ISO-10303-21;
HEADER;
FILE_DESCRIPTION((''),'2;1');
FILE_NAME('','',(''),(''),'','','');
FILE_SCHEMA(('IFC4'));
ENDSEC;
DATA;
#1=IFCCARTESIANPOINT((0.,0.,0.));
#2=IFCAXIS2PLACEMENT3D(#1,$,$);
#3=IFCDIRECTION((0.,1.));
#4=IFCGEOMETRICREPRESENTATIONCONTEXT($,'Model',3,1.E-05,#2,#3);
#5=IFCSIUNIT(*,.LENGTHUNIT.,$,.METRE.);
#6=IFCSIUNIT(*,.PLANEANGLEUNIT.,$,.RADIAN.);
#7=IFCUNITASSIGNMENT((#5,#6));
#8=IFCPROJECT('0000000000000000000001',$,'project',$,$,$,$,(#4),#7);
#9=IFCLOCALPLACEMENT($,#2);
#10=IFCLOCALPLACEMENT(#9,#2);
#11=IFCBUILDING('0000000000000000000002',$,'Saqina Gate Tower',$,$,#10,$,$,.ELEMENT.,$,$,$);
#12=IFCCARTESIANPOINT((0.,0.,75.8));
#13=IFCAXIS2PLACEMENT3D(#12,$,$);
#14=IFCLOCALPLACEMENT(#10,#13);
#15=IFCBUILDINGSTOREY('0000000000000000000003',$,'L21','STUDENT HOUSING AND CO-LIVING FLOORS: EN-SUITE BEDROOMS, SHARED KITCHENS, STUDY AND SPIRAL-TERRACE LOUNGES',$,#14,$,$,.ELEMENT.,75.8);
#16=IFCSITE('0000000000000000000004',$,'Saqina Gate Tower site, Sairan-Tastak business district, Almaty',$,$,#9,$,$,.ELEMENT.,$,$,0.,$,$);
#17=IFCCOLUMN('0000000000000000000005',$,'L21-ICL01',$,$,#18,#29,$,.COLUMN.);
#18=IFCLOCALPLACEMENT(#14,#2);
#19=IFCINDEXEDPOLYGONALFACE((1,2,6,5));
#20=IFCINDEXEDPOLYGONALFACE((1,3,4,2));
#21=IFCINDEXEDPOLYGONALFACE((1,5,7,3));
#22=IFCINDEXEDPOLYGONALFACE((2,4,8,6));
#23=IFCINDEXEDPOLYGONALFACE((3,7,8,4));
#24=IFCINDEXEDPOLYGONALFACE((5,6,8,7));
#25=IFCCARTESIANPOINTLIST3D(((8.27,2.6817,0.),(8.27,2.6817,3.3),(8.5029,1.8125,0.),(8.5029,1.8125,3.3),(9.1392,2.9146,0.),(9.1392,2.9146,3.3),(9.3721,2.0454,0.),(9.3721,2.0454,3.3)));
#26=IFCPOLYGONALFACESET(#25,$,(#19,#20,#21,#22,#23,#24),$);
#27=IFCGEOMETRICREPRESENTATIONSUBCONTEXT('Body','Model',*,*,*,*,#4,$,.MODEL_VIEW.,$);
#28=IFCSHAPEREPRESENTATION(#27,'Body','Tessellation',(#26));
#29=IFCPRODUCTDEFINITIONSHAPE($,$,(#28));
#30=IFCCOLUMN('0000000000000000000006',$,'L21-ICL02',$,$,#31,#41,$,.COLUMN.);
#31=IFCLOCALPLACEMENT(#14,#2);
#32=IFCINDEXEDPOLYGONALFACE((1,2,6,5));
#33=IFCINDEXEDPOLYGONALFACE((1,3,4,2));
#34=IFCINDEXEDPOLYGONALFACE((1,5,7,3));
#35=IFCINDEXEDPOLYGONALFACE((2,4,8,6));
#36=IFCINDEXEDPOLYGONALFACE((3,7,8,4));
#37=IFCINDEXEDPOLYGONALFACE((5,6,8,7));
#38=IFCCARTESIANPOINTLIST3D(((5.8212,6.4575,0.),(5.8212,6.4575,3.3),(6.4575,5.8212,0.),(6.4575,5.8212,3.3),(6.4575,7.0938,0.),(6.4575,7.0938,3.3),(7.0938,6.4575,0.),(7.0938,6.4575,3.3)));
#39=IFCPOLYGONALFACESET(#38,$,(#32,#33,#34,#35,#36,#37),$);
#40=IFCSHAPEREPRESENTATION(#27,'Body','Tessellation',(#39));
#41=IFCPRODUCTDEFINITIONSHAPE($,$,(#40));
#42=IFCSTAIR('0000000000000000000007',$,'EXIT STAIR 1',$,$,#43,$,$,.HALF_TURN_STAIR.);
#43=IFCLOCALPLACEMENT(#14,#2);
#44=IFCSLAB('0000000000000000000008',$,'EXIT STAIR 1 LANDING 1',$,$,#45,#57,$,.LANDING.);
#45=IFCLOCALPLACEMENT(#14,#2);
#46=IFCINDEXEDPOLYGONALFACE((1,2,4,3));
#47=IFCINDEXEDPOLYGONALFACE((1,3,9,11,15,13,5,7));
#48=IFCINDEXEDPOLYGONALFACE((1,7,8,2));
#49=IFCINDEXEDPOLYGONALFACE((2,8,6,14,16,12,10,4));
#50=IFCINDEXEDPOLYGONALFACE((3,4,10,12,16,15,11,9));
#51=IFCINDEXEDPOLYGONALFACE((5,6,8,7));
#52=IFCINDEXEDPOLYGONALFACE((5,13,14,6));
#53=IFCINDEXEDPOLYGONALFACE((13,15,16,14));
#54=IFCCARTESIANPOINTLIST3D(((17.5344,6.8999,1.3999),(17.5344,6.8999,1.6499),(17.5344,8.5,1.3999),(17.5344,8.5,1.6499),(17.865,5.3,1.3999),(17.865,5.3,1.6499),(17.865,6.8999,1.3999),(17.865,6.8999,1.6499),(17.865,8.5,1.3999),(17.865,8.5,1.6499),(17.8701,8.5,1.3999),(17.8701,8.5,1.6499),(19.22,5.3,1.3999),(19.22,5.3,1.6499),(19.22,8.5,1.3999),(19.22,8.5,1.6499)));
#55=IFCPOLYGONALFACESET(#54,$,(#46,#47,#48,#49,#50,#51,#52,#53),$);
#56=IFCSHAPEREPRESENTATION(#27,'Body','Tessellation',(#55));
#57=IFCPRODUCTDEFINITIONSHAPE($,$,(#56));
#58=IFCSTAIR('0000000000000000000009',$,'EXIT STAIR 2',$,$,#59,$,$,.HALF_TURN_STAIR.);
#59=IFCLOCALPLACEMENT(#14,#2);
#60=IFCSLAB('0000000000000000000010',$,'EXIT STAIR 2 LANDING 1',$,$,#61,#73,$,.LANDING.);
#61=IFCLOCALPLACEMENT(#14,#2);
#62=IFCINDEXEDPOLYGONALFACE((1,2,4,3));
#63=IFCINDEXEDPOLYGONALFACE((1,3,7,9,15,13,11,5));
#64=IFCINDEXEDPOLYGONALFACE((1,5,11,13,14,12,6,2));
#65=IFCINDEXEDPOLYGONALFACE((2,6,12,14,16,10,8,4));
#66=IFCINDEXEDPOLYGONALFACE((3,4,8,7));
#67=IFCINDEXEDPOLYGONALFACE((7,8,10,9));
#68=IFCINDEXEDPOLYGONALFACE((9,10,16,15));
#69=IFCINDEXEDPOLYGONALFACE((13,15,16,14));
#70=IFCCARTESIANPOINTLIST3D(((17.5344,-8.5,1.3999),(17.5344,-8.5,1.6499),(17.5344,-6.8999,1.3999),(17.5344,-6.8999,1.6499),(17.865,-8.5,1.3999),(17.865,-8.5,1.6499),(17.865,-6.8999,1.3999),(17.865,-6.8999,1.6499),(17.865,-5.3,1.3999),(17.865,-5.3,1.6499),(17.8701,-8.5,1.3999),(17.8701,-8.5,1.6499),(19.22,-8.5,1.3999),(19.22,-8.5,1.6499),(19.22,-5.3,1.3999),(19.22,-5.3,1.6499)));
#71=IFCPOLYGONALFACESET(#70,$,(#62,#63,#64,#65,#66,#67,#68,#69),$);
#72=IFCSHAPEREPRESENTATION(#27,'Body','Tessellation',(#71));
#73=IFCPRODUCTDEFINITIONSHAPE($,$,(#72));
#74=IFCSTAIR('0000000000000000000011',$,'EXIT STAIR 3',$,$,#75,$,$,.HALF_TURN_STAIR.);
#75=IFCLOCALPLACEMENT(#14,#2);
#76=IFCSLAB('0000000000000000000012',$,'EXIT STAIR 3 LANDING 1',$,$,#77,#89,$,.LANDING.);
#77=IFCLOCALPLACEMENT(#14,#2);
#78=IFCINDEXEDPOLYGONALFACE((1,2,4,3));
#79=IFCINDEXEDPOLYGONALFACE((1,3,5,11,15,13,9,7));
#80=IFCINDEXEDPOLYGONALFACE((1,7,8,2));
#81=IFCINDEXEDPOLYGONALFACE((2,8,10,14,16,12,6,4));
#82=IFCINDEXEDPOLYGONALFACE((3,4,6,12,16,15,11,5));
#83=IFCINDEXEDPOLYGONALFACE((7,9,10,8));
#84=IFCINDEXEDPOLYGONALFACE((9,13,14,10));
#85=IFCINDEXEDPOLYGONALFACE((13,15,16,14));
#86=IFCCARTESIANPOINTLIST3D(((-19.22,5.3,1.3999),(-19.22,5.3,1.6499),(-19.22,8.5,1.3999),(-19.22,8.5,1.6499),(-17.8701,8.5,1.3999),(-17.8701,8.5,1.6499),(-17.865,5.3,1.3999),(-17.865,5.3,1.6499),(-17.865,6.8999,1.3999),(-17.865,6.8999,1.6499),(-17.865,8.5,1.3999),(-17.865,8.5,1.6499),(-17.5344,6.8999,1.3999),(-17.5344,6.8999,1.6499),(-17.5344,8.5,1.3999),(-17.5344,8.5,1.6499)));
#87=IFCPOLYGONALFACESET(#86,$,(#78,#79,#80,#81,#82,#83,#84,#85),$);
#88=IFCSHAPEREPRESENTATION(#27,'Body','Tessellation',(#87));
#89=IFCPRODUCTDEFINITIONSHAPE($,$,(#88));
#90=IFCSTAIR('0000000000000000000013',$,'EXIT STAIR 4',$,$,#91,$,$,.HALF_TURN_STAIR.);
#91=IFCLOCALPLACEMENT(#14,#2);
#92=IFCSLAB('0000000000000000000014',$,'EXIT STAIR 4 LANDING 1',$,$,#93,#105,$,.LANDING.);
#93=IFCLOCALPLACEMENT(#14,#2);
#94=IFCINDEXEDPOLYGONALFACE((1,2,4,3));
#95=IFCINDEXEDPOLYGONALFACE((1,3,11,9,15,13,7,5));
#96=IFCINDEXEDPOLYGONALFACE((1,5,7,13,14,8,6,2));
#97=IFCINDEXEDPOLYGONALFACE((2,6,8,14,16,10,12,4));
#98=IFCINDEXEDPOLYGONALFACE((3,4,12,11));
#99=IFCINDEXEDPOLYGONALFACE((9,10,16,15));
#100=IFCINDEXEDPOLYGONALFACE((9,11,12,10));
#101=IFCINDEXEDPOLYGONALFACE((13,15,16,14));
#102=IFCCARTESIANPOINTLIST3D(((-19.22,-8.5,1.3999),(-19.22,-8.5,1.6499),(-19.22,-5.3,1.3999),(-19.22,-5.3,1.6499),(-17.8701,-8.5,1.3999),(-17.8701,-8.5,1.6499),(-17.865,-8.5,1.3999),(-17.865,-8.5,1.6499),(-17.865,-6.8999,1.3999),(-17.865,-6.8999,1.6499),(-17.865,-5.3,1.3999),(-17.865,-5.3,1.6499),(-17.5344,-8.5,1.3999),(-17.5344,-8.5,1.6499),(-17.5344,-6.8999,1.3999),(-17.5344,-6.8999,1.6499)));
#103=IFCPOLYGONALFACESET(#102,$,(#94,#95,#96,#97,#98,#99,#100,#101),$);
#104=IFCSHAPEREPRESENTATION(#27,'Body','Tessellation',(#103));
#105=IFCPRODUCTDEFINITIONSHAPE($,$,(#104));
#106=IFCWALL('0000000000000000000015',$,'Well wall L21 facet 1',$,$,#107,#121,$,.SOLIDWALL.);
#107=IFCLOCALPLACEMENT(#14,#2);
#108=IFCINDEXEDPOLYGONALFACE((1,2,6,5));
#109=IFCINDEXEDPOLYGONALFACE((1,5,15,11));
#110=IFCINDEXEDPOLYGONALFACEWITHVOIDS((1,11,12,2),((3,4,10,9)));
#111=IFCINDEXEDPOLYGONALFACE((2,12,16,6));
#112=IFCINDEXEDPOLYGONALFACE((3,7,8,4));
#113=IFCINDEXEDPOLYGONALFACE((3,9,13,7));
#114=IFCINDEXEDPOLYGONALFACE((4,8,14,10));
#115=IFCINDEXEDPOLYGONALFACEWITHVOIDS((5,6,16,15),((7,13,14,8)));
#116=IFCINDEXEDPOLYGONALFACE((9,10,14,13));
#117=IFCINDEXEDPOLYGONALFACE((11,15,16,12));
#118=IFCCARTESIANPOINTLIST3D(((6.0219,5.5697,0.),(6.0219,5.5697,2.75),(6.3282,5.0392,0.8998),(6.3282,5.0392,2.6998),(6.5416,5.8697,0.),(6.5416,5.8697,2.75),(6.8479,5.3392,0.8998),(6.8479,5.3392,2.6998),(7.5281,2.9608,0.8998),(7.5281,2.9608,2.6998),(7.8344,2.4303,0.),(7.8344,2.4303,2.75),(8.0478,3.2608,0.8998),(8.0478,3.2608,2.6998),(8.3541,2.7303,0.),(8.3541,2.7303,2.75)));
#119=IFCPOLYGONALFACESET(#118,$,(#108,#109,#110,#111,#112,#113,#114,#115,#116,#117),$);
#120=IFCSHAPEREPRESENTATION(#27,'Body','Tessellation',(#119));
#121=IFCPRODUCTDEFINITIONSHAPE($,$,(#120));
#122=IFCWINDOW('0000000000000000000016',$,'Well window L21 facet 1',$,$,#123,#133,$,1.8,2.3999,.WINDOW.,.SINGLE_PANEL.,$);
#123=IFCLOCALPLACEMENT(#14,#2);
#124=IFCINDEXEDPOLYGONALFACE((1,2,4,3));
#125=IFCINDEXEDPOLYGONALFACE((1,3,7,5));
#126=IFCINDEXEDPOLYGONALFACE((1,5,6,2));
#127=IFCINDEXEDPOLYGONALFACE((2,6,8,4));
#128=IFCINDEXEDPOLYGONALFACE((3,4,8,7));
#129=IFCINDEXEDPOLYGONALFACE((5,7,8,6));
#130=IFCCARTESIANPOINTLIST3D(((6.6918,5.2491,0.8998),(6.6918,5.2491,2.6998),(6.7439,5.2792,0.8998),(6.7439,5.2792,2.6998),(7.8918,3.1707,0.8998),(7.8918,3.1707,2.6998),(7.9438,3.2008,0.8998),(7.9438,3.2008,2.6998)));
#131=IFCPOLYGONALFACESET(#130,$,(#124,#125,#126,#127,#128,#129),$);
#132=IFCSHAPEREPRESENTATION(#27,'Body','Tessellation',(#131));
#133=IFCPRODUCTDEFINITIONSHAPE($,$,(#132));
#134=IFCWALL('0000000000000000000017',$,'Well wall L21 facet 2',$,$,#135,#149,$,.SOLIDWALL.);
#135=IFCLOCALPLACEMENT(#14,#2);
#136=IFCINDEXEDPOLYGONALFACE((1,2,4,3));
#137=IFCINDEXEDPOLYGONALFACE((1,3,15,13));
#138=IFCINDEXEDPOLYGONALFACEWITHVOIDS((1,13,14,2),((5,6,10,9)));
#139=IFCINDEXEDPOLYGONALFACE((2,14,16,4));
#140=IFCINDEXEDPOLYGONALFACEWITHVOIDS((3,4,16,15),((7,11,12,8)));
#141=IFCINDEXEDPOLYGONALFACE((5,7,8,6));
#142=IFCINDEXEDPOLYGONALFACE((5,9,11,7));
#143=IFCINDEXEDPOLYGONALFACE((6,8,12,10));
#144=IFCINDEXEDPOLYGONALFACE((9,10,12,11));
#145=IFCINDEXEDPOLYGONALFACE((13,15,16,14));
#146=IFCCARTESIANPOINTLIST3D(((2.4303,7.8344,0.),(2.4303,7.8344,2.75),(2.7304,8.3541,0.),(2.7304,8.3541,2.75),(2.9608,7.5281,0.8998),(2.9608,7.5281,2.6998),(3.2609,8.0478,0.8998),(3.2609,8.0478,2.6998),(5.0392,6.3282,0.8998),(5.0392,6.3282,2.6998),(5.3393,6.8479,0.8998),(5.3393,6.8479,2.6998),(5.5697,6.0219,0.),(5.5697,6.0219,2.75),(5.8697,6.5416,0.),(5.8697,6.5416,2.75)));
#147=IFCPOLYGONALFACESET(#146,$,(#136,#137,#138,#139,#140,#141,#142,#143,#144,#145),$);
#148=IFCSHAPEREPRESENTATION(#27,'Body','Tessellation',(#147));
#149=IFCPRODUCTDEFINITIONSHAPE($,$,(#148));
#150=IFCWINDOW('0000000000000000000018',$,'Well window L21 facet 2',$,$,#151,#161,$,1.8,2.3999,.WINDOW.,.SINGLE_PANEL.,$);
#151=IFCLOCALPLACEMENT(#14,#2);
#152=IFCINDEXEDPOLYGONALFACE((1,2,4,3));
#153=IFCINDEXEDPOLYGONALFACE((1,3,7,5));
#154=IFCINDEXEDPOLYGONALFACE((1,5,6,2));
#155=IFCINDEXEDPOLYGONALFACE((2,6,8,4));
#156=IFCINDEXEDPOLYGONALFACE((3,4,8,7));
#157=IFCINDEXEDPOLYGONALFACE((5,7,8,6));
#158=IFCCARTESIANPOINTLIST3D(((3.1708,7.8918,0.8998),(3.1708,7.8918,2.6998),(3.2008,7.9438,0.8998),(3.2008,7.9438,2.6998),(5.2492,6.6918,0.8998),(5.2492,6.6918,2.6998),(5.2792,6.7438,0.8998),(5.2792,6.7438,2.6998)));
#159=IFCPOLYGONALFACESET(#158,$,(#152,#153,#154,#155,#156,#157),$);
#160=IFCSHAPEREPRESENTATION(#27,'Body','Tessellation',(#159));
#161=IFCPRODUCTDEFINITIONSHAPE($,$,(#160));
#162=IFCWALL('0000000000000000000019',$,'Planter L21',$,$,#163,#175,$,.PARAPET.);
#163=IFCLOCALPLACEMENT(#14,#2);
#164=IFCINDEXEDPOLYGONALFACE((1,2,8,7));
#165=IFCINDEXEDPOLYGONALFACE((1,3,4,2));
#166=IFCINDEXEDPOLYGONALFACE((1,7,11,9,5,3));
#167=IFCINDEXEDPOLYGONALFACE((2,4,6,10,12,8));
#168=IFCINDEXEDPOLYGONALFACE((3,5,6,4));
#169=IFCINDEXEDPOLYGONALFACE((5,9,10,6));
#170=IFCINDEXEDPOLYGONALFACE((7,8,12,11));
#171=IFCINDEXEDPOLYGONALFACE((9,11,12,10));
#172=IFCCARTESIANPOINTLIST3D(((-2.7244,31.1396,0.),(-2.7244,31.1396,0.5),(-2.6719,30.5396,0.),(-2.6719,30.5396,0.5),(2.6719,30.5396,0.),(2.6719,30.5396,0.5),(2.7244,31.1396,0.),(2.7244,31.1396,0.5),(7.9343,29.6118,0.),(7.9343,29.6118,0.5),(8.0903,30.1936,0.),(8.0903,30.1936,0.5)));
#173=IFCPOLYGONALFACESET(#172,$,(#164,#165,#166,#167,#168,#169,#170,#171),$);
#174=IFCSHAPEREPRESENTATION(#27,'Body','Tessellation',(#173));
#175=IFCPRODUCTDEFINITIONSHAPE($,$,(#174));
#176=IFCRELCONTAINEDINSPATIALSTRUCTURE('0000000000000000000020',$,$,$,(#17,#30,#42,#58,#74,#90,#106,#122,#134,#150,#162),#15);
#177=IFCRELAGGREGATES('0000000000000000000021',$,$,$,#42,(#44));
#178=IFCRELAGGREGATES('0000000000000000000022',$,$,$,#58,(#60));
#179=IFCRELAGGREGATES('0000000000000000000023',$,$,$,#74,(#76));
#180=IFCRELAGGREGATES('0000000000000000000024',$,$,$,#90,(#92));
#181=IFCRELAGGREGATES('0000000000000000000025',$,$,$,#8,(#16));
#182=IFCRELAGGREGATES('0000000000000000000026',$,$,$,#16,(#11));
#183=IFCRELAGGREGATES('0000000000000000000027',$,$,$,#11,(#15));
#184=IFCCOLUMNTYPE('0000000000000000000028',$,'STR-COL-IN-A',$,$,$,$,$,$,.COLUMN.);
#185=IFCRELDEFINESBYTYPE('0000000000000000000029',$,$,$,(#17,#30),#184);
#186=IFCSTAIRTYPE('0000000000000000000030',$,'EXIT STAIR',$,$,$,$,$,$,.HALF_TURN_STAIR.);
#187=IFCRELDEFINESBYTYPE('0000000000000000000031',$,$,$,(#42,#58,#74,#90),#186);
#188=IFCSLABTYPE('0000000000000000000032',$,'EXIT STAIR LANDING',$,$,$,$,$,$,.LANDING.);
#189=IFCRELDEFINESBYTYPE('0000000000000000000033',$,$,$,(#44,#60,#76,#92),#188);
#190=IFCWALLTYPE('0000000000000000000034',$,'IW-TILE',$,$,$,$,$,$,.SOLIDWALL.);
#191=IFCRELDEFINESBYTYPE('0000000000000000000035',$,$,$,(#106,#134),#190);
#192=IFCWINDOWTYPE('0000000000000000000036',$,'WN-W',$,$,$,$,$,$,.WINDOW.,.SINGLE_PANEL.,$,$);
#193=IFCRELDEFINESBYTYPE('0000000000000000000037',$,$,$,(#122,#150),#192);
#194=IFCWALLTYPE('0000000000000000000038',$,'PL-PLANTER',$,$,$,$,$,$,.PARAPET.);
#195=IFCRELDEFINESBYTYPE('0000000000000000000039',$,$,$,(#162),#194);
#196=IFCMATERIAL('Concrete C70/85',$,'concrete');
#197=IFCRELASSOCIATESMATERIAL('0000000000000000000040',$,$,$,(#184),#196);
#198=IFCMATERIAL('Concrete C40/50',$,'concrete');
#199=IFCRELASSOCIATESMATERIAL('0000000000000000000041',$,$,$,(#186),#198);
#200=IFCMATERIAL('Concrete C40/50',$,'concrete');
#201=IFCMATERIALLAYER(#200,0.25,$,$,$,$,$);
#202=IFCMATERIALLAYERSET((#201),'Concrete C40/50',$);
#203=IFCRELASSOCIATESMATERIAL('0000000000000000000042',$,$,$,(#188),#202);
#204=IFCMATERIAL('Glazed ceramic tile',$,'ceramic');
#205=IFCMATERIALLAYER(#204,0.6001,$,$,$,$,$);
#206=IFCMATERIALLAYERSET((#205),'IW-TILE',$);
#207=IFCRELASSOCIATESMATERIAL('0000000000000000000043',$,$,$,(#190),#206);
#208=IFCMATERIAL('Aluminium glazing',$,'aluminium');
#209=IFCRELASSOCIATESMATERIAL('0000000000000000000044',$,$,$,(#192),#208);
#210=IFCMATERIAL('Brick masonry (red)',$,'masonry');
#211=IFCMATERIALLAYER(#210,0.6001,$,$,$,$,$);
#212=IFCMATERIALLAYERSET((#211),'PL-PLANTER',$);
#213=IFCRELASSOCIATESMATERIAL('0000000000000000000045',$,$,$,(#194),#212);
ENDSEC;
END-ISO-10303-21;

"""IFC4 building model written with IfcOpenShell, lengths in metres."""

from ifc_helpers import new_model, si_unit, direction, frame, frame_2d, origin, origin_2d, place, context, subcontext, project, spatial, polyline, rectangle, outline, extrude, material, layer, layer_set, material_profile, profile_set, type_object, element, fill, aggregate, save


model = new_model("IFC4")

# Units and contexts
model_context = context("Model", 3, precision=1e-05, world=origin(), true_north=direction((0.0, 1.0)))
body_context = subcontext(model_context, "Body", "Model", "MODEL_VIEW")
ifc_project = project(units=[si_unit("LENGTHUNIT", "METRE"), si_unit("PLANEANGLEUNIT", "RADIAN")], contexts=[model_context])

# Site, building, storey
site_placement = place(None, origin())
site = spatial("IfcSite", under=ifc_project, at=site_placement, Name="Saqina Gate Tower site, Sairan-Tastak business district, Almaty", CompositionType="ELEMENT", RefElevation=0.0)
building_placement = place(site_placement, origin())
building = spatial("IfcBuilding", under=site, at=building_placement, Name="Saqina Gate Tower", CompositionType="ELEMENT")
storey_placement = place(building_placement, frame((0.0, 0.0, 75.8)))
storey = spatial("IfcBuildingStorey", under=building, at=storey_placement, Name="L21", Description="STUDENT HOUSING AND CO-LIVING FLOORS: EN-SUITE BEDROOMS, SHARED KITCHENS, STUDY AND SPIRAL-TERRACE LOUNGES", CompositionType="ELEMENT", Elevation=75.8)

# Columns
ifc_material_1 = material(Name="Concrete C70/85", Category="concrete")
ifc_material_profile = material_profile(ifc_material_1, rectangle(XDim=0.8999, YDim=0.8999, at=origin_2d()), Name="RC 900x900")
ifc_profile_set = profile_set([ifc_material_profile], Name="Concrete C70/85")
column_type = type_object("IfcColumnType", Name="STR-COL-IN-A", PredefinedType="COLUMN", material=ifc_profile_set)
for number, where, z_axis, x_axis, name in (
    (1, (8.821, 2.3635, 0.0), (0.0, 0.0, 1.0), (0.965926, 0.258819, 0.0), "L21-ICL01"),
    (2, (6.4575, 6.4575, 0.0), (0.0, 0.0, 1.0), (0.707107, 0.707107, 0.0), "L21-ICL02"),
):
    element("IfcColumn", number, at=place(storey_placement, frame(where, z_axis=z_axis, x_axis=x_axis)), inside=storey, type_object=column_type, Name=name, PredefinedType="COLUMN", context=body_context, shape_type="SweptSolid", body=[
        extrude(rectangle(XDim=0.8999, YDim=0.8999, at=origin_2d()), origin(), (0.0, 0.0, 1.0), 3.3),
    ])

# Stairs, slabs
ifc_material_2 = material(Name="Concrete C40/50", Category="concrete")
stair_type = type_object("IfcStairType", Name="EXIT STAIR", PredefinedType="HALF_TURN_STAIR", material=ifc_material_2)
stair_1_placement = place(storey_placement, origin())
stair_1 = element("IfcStair", 3, at=stair_1_placement, inside=storey, type_object=stair_type, Name="EXIT STAIR 1", PredefinedType="HALF_TURN_STAIR")
ifc_material_3 = material(Name="Concrete C40/50", Category="concrete")
ifc_layer_1 = layer(ifc_material_3, 0.25)
ifc_layer_set_1 = layer_set([ifc_layer_1], Name="Concrete C40/50")
slab_type = type_object("IfcSlabType", Name="EXIT STAIR LANDING", PredefinedType="LANDING", material=ifc_layer_set_1)
slab_1_placement = place(storey_placement, frame((0.0, 0.0, 1.3999)))
slab_1 = element("IfcSlab", 4, at=slab_1_placement, type_object=slab_type, Name="EXIT STAIR 1 LANDING 1", PredefinedType="LANDING", context=body_context, shape_type="SweptSolid", body=[
    extrude(outline(polyline([(19.22, 8.5), (19.22, 5.3), (17.865, 5.3), (17.865, 6.8999), (17.5344, 6.8999), (17.5344, 8.5), (17.865, 8.5), (17.8701, 8.5), (19.22, 8.5)])), origin(), (0.0, 0.0, 1.0), 0.25),
])
aggregate(stair_1, [slab_1])
stair_2_placement = place(storey_placement, origin())
stair_2 = element("IfcStair", 5, at=stair_2_placement, inside=storey, type_object=stair_type, Name="EXIT STAIR 2", PredefinedType="HALF_TURN_STAIR")
slab_2_placement = place(storey_placement, frame((0.0, 0.0, 1.3999)))
slab_2 = element("IfcSlab", 6, at=slab_2_placement, type_object=slab_type, Name="EXIT STAIR 2 LANDING 1", PredefinedType="LANDING", context=body_context, shape_type="SweptSolid", body=[
    extrude(outline(polyline([(17.5344, -8.5), (17.5344, -6.8999), (17.865, -6.8999), (17.865, -5.3), (19.22, -5.3), (19.22, -8.5), (17.8701, -8.5), (17.865, -8.5), (17.5344, -8.5)])), origin(), (0.0, 0.0, 1.0), 0.25),
])
aggregate(stair_2, [slab_2])
stair_3_placement = place(storey_placement, origin())
stair_3 = element("IfcStair", 7, at=stair_3_placement, inside=storey, type_object=stair_type, Name="EXIT STAIR 3", PredefinedType="HALF_TURN_STAIR")
slab_3_placement = place(storey_placement, frame((0.0, 0.0, 1.3999)))
slab_3 = element("IfcSlab", 8, at=slab_3_placement, type_object=slab_type, Name="EXIT STAIR 3 LANDING 1", PredefinedType="LANDING", context=body_context, shape_type="SweptSolid", body=[
    extrude(outline(polyline([(-17.865, 5.3), (-19.22, 5.3), (-19.22, 8.5), (-17.8701, 8.5), (-17.865, 8.5), (-17.5344, 8.5), (-17.5344, 6.8999), (-17.865, 6.8999), (-17.865, 5.3)])), origin(), (0.0, 0.0, 1.0), 0.25),
])
aggregate(stair_3, [slab_3])
stair_4_placement = place(storey_placement, origin())
stair_4 = element("IfcStair", 9, at=stair_4_placement, inside=storey, type_object=stair_type, Name="EXIT STAIR 4", PredefinedType="HALF_TURN_STAIR")
slab_4_placement = place(storey_placement, frame((0.0, 0.0, 1.3999)))
slab_4 = element("IfcSlab", 10, at=slab_4_placement, type_object=slab_type, Name="EXIT STAIR 4 LANDING 1", PredefinedType="LANDING", context=body_context, shape_type="SweptSolid", body=[
    extrude(outline(polyline([(-17.5344, -6.8999), (-17.5344, -8.5), (-17.865, -8.5), (-17.8701, -8.5), (-19.22, -8.5), (-19.22, -5.3), (-17.865, -5.3), (-17.865, -6.8999), (-17.5344, -6.8999)])), origin(), (0.0, 0.0, 1.0), 0.25),
])
aggregate(stair_4, [slab_4])

# Walls, openings, windows
ifc_material_4 = material(Name="Glazed ceramic tile", Category="ceramic")
ifc_layer_2 = layer(ifc_material_4, 0.6001)
ifc_layer_set_2 = layer_set([ifc_layer_2], Name="IW-TILE")
wall_type_1 = type_object("IfcWallType", Name="IW-TILE", PredefinedType="SOLIDWALL", material=ifc_layer_set_2)
wall_1_placement = place(storey_placement, frame((8.0942, 2.5803, 0.0), z_axis=(0.0, 0.0, 1.0), x_axis=(-0.499993, 0.86603, 0.0)))
wall_1 = element("IfcWall", 11, at=wall_1_placement, inside=storey, type_object=wall_type_1, Name="Well wall L21 facet 1", PredefinedType="SOLIDWALL", context=body_context, shape_type="SweptSolid", body=[
    extrude(rectangle(XDim=3.625, YDim=0.6001, at=frame_2d((1.8125, 0.0))), origin(), (0.0, 0.0, 1.0), 2.75),
])
opening_1_placement = place(wall_1_placement, frame((0.6125, 0.0, 0.8999)))
opening_1 = element("IfcOpeningElement", 12, at=opening_1_placement, cuts=wall_1, PredefinedType="OPENING", context=body_context, shape_type="SweptSolid", body=[
    extrude(rectangle(XDim=2.3999, YDim=1.8, at=frame_2d((1.2, 0.8999))), frame((0.0, 0.312, 0.0), z_axis=(0.0, -1.0, 0.0), x_axis=(1.0, 0.0, 0.0)), (0.0, 0.0, 1.0), 0.624),
])
ifc_material_5 = material(Name="Aluminium glazing", Category="aluminium")
window_type = type_object("IfcWindowType", Name="WN-W", PartitioningType="SINGLE_PANEL", PredefinedType="WINDOW", material=ifc_material_5)
window_1_placement = place(opening_1_placement, origin())
window_1 = element("IfcWindow", 13, at=window_1_placement, inside=storey, type_object=window_type, Name="Well window L21 facet 1", OverallHeight=1.8, OverallWidth=2.3999, PartitioningType="SINGLE_PANEL", PredefinedType="WINDOW", context=body_context, shape_type="SweptSolid", body=[
    extrude(rectangle(XDim=2.3999, YDim=1.8, at=frame_2d((1.2, 0.8999))), frame((0.0, -0.1199, 0.0), z_axis=(0.0, -1.0, 0.0), x_axis=(1.0, 0.0, 0.0)), (0.0, 0.0, 1.0), 0.0601),
])
fill(opening_1, window_1)
wall_2_placement = place(storey_placement, frame((5.7197, 6.2817, 0.0), z_axis=(0.0, 0.0, 1.0), x_axis=(-0.86603, 0.499993, 0.0)))
wall_2 = element("IfcWall", 14, at=wall_2_placement, inside=storey, type_object=wall_type_1, Name="Well wall L21 facet 2", PredefinedType="SOLIDWALL", context=body_context, shape_type="SweptSolid", body=[
    extrude(rectangle(XDim=3.625, YDim=0.6001, at=frame_2d((1.8125, 0.0))), origin(), (0.0, 0.0, 1.0), 2.75),
])
opening_2_placement = place(wall_2_placement, frame((0.6125, 0.0, 0.8999)))
opening_2 = element("IfcOpeningElement", 15, at=opening_2_placement, cuts=wall_2, PredefinedType="OPENING", context=body_context, shape_type="SweptSolid", body=[
    extrude(rectangle(XDim=2.3999, YDim=1.8, at=frame_2d((1.2, 0.8999))), frame((0.0, 0.312, 0.0), z_axis=(0.0, -1.0, 0.0), x_axis=(1.0, 0.0, 0.0)), (0.0, 0.0, 1.0), 0.624),
])
window_2_placement = place(opening_2_placement, origin())
window_2 = element("IfcWindow", 16, at=window_2_placement, inside=storey, type_object=window_type, Name="Well window L21 facet 2", OverallHeight=1.8, OverallWidth=2.3999, PartitioningType="SINGLE_PANEL", PredefinedType="WINDOW", context=body_context, shape_type="SweptSolid", body=[
    extrude(rectangle(XDim=2.3999, YDim=1.8, at=frame_2d((1.2, 0.8999))), frame((0.0, -0.1199, 0.0), z_axis=(0.0, -1.0, 0.0), x_axis=(1.0, 0.0, 0.0)), (0.0, 0.0, 1.0), 0.0601),
])
fill(opening_2, window_2)

# Wall
ifc_material_6 = material(Name="Brick masonry (red)", Category="masonry")
ifc_layer_3 = layer(ifc_material_6, 0.6001)
ifc_layer_set_3 = layer_set([ifc_layer_3], Name="PL-PLANTER")
wall_type_2 = type_object("IfcWallType", Name="PL-PLANTER", PredefinedType="PARAPET", material=ifc_layer_set_3)
wall_3_placement = place(storey_placement, origin())
element("IfcWall", 17, at=wall_3_placement, inside=storey, type_object=wall_type_2, Name="Planter L21", PredefinedType="PARAPET", context=body_context, shape_type="SweptSolid", body=[
    extrude(outline(polyline([(8.0903, 30.1936), (2.7244, 31.1396), (-2.7244, 31.1396), (-2.6719, 30.5396), (2.6719, 30.5396), (7.9343, 29.6118), (8.0903, 30.1936)])), origin(), (0.0, 0.0, 1.0), 0.5),
])

save(model, "model.ifc")
